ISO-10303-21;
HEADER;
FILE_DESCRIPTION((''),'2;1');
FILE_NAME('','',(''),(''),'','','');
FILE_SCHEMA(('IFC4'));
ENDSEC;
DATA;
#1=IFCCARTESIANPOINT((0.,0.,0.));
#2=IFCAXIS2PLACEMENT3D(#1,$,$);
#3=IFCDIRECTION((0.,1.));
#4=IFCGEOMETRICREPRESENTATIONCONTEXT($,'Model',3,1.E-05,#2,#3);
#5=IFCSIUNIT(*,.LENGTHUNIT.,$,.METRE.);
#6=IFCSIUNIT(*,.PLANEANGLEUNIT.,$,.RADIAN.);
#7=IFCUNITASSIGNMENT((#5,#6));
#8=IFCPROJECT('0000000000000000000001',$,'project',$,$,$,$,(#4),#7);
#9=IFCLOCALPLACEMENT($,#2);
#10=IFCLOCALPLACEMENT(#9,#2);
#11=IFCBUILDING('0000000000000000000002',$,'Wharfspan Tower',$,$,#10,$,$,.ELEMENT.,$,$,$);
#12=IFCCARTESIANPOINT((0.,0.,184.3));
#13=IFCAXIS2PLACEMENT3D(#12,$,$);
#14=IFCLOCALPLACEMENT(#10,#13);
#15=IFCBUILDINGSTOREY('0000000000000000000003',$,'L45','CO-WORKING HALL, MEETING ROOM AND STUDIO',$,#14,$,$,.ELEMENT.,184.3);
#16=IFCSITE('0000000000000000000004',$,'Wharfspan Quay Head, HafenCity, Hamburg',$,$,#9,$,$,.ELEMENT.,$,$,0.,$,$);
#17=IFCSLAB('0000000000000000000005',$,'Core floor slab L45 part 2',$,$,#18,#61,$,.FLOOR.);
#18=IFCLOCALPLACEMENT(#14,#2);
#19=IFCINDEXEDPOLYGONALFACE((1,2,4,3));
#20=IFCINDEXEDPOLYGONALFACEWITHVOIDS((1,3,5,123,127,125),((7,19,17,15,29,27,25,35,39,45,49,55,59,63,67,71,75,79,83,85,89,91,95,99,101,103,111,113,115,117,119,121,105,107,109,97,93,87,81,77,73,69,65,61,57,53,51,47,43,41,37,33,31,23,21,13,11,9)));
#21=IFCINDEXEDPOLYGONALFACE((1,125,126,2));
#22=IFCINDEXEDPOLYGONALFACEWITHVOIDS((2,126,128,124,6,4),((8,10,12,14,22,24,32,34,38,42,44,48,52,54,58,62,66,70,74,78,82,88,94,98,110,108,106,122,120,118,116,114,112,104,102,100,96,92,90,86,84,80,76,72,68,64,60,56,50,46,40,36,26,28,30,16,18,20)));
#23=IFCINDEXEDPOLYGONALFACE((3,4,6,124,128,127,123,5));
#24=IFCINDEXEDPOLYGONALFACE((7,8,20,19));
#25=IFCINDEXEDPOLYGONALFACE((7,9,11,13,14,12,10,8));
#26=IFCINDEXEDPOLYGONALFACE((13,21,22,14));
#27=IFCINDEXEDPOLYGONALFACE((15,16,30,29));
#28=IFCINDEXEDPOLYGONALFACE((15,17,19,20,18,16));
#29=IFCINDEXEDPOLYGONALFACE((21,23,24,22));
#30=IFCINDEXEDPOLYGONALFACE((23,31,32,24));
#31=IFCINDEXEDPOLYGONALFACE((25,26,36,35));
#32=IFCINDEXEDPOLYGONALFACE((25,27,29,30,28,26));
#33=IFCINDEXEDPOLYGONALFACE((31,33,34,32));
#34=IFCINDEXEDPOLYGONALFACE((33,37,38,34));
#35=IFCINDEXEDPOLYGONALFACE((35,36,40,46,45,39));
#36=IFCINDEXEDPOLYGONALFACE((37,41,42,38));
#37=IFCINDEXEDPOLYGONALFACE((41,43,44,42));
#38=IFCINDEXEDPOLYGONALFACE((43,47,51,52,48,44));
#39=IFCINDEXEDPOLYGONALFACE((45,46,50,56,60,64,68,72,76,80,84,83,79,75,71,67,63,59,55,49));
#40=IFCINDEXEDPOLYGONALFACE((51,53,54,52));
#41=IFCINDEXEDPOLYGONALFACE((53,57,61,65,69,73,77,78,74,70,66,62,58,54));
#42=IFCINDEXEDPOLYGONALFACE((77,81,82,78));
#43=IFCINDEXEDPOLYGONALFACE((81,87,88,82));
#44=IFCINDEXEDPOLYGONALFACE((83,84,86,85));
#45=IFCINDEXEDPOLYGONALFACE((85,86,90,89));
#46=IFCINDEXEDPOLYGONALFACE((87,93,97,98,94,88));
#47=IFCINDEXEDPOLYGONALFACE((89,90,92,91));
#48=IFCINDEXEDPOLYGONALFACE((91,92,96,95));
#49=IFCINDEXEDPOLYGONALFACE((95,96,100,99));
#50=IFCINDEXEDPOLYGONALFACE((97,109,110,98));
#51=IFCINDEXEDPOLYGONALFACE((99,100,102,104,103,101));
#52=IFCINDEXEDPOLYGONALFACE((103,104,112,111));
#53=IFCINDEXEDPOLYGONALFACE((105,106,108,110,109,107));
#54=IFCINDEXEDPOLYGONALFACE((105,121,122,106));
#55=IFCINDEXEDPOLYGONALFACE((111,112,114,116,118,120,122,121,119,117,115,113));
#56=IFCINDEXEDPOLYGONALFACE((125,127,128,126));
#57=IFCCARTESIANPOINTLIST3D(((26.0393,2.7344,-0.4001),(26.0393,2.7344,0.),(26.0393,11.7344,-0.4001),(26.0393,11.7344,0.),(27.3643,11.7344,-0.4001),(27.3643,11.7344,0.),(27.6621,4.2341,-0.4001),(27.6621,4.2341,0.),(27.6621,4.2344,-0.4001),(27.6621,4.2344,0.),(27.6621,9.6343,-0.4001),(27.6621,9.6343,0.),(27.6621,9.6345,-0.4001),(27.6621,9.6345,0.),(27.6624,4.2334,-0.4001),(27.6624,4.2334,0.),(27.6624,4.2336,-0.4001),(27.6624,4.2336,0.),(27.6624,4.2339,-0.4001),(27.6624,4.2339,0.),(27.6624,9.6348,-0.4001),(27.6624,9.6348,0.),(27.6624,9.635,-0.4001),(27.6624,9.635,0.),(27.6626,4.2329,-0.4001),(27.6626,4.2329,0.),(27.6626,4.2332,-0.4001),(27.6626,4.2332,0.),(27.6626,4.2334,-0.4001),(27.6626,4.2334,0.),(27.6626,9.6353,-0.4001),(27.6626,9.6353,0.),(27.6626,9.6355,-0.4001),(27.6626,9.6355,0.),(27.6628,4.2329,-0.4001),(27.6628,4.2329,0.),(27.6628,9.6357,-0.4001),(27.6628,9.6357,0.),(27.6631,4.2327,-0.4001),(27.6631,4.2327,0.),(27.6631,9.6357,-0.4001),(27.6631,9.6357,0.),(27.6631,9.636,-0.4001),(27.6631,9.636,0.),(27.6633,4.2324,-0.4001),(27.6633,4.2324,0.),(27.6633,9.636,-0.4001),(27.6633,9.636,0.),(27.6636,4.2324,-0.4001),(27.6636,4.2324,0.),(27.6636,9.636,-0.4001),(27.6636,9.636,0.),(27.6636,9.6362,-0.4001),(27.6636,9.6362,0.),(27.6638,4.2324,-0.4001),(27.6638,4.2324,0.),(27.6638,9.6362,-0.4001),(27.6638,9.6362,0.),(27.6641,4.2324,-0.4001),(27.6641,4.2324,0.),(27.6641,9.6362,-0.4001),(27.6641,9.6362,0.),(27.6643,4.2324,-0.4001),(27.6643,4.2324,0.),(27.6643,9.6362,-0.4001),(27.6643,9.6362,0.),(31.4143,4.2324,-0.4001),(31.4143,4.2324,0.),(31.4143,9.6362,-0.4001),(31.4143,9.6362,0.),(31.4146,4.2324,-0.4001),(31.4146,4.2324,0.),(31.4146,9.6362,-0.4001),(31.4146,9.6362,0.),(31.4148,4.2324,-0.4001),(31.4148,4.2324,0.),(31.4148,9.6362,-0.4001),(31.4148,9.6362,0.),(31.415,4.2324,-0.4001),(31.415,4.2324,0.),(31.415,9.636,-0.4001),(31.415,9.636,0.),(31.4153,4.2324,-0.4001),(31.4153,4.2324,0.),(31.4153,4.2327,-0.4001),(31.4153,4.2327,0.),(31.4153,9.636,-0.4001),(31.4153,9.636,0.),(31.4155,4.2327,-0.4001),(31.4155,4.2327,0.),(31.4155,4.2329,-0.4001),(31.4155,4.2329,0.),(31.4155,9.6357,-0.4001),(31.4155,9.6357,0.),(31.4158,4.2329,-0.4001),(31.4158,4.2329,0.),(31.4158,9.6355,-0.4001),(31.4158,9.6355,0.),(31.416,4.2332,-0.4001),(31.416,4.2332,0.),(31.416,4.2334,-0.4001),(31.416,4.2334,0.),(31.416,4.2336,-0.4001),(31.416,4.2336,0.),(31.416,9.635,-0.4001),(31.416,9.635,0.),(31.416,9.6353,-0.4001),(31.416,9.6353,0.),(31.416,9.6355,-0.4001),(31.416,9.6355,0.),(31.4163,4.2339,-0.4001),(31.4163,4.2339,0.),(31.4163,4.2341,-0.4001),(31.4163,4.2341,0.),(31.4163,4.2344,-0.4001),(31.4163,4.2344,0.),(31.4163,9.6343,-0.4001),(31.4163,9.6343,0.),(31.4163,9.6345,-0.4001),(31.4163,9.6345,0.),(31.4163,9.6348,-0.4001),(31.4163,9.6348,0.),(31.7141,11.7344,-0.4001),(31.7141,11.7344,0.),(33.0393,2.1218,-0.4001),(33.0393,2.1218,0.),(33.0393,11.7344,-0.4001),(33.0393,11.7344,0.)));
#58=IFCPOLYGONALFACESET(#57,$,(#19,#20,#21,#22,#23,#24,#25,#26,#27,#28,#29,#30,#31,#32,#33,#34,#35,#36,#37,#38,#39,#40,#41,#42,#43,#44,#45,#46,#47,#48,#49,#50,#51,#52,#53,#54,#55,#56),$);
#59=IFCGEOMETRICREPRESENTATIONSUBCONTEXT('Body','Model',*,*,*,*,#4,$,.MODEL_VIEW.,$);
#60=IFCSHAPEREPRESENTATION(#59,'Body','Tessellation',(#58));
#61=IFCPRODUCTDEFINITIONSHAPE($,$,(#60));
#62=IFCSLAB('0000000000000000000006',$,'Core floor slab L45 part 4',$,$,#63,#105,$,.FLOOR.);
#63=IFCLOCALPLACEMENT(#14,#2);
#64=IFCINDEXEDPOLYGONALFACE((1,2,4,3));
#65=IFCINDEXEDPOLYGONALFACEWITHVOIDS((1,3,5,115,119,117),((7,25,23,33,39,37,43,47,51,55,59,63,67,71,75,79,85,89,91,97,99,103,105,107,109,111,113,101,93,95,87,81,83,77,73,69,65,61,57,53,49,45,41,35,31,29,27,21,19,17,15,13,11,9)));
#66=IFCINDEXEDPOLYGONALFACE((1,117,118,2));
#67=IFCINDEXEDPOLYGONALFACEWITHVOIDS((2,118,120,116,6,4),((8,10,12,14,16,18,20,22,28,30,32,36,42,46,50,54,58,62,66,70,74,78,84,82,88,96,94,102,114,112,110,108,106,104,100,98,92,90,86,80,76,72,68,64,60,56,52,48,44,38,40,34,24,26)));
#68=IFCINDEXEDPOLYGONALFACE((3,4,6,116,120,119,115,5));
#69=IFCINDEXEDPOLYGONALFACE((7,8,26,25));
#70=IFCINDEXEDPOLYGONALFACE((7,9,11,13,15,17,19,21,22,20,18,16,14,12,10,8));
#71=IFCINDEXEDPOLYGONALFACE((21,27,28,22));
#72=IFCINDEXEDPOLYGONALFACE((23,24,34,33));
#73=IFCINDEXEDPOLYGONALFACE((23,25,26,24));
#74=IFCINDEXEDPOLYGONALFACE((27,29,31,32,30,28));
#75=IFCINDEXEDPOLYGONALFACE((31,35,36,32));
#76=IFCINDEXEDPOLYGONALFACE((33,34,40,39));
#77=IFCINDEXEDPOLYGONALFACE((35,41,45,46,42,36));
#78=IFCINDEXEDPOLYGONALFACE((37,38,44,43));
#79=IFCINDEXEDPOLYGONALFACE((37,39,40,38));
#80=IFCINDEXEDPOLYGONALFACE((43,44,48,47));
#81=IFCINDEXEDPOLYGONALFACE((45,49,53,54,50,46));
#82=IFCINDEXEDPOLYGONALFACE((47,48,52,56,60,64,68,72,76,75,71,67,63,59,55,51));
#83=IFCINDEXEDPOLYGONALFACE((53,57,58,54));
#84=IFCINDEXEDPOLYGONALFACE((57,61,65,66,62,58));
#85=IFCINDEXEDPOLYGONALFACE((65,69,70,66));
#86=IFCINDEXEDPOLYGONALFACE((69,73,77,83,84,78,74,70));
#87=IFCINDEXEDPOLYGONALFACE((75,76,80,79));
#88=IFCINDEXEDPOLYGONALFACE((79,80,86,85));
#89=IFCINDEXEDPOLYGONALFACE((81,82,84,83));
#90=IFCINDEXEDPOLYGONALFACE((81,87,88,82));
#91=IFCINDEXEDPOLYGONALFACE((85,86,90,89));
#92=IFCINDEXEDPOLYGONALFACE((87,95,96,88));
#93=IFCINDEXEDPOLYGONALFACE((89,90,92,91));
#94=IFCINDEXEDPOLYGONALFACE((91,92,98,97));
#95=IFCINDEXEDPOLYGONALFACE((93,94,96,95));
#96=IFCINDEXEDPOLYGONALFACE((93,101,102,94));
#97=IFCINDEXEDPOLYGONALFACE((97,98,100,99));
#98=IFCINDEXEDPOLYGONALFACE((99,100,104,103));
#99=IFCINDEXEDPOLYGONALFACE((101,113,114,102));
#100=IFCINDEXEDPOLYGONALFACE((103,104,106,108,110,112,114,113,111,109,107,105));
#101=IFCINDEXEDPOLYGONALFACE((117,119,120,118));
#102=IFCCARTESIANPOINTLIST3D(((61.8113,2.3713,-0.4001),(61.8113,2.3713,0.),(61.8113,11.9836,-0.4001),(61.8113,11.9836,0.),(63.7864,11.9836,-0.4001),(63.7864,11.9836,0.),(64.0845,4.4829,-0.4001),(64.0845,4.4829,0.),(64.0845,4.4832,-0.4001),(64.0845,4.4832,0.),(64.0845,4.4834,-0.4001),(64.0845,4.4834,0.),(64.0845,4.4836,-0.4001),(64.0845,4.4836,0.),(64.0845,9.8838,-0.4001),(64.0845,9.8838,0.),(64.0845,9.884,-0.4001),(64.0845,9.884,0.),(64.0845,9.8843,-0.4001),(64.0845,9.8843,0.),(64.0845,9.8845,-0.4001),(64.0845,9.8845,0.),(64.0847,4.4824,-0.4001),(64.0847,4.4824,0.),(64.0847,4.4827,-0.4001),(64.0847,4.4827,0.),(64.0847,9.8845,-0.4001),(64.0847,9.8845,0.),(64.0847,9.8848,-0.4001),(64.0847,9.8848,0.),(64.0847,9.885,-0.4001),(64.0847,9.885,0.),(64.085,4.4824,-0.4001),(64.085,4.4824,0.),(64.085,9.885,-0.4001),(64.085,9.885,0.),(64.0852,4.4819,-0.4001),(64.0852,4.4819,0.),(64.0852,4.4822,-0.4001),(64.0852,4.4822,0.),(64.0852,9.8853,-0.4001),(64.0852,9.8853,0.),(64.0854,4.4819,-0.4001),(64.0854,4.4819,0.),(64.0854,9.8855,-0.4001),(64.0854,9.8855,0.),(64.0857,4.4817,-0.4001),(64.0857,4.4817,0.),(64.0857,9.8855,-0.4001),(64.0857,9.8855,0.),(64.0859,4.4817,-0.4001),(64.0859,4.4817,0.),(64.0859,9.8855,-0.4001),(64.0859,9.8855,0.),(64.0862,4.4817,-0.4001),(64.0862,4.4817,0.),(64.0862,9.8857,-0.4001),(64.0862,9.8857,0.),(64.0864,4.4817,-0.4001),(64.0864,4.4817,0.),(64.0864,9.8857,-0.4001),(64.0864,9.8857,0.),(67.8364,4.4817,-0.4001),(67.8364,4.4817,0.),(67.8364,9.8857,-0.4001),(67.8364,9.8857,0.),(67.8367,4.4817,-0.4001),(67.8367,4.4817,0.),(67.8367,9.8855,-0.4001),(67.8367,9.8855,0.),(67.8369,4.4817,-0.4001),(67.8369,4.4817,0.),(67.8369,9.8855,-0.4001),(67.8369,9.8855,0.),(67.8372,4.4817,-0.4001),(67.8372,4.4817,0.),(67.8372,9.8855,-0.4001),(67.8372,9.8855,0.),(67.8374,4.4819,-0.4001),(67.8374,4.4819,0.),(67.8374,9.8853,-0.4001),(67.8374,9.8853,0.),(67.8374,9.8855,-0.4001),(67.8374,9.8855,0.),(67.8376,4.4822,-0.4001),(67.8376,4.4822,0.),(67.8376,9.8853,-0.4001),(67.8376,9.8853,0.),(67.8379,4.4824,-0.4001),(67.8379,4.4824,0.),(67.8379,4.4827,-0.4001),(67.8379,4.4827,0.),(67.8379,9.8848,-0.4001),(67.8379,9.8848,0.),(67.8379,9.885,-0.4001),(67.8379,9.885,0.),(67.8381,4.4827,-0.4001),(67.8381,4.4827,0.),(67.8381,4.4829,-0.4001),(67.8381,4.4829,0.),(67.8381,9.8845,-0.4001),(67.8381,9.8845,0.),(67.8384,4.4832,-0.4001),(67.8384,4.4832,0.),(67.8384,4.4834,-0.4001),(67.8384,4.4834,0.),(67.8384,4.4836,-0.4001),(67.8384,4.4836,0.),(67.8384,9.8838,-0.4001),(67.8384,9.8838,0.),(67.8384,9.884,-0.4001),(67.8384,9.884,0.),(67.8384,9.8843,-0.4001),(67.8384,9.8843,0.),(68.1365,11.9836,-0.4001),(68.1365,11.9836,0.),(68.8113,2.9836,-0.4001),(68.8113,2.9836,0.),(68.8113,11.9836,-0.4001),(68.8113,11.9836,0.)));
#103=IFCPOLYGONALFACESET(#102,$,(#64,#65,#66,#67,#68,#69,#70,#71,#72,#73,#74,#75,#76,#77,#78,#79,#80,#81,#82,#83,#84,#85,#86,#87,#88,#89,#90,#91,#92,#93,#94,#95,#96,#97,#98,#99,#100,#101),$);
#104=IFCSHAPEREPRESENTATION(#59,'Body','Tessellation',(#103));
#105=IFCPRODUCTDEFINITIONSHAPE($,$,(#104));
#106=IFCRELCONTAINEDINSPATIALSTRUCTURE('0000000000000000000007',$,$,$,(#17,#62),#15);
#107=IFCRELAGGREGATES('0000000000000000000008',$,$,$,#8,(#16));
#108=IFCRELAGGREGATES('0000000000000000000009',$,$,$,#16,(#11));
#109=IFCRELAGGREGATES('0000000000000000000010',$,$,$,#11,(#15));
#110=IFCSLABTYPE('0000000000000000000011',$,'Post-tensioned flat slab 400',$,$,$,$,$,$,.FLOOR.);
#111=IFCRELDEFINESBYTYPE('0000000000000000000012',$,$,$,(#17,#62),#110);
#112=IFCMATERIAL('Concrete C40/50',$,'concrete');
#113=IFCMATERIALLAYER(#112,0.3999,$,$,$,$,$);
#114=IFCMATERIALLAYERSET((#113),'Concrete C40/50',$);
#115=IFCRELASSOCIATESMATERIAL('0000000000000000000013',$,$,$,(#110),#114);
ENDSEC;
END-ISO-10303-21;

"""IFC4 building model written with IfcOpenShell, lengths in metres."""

from ifc_helpers import new_model, si_unit, direction, frame, origin, place, context, subcontext, project, spatial, polyline, outline, extrude, material, layer, layer_set, type_object, element, save


model = new_model("IFC4")

# Units and contexts
model_context = context("Model", 3, precision=1e-05, world=origin(), true_north=direction((0.0, 1.0)))
body_context = subcontext(model_context, "Body", "Model", "MODEL_VIEW")
ifc_project = project(units=[si_unit("LENGTHUNIT", "METRE"), si_unit("PLANEANGLEUNIT", "RADIAN")], contexts=[model_context])

# Site, building, storey
site_placement = place(None, origin())
site = spatial("IfcSite", under=ifc_project, at=site_placement, Name="Wharfspan Quay Head, HafenCity, Hamburg", CompositionType="ELEMENT", RefElevation=0.0)
building_placement = place(site_placement, origin())
building = spatial("IfcBuilding", under=site, at=building_placement, Name="Wharfspan Tower", CompositionType="ELEMENT")
storey_placement = place(building_placement, frame((0.0, 0.0, 184.3)))
storey = spatial("IfcBuildingStorey", under=building, at=storey_placement, Name="L45", Description="CO-WORKING HALL, MEETING ROOM AND STUDIO", CompositionType="ELEMENT", Elevation=184.3)

# Slabs
ifc_material_1 = material(Name="Concrete C40/50", Category="concrete")
ifc_layer_1 = layer(ifc_material_1, 0.3999)
ifc_layer_set_1 = layer_set([ifc_layer_1], Name="Concrete C40/50")
slab_type_1 = type_object("IfcSlabType", Name="Post-tensioned flat slab 400", PredefinedType="FLOOR", material=ifc_layer_set_1)
slab_1_placement = place(storey_placement, frame((0.0, 0.0, -0.4001)))
element("IfcSlab", 1, at=slab_1_placement, inside=storey, type_object=slab_type_1, Name="Core floor slab L45 part 2", PredefinedType="FLOOR", context=body_context, shape_type="SweptSolid", body=[
    extrude(outline(polyline([(31.7141, 11.7344), (27.3643, 11.7344), (26.0393, 11.7344), (26.0393, 2.7344), (33.0393, 2.1218), (33.0393, 11.7344), (31.7141, 11.7344)]), holes=[polyline([(27.6621, 9.6343), (27.6621, 9.6345), (27.6624, 9.6348), (27.6624, 9.635), (27.6624, 9.635), (27.6626, 9.6353), (27.6626, 9.6355), (27.6626, 9.6355), (27.6628, 9.6357), (27.6631, 9.6357), (27.6631, 9.636), (27.6633, 9.636), (27.6636, 9.636), (27.6636, 9.6362), (27.6638, 9.6362), (27.6641, 9.6362), (27.6643, 9.6362), (31.4143, 9.6362), (31.4143, 9.6362), (31.4146, 9.6362), (31.4148, 9.6362), (31.415, 9.636), (31.4153, 9.636), (31.4153, 9.636), (31.4155, 9.6357), (31.4155, 9.6357), (31.4158, 9.6355), (31.416, 9.6355), (31.416, 9.6353), (31.416, 9.635), (31.416, 9.635), (31.4163, 9.6348), (31.4163, 9.6345), (31.4163, 9.6343), (31.4163, 4.2344), (31.4163, 4.2341), (31.4163, 4.2339), (31.416, 4.2336), (31.416, 4.2334), (31.416, 4.2334), (31.416, 4.2332), (31.4158, 4.2329), (31.4155, 4.2329), (31.4155, 4.2327), (31.4153, 4.2327), (31.4153, 4.2324), (31.415, 4.2324), (31.4148, 4.2324), (31.4146, 4.2324), (31.4143, 4.2324), (31.4143, 4.2324), (27.6643, 4.2324), (27.6641, 4.2324), (27.6638, 4.2324), (27.6636, 4.2324), (27.6636, 4.2324), (27.6633, 4.2324), (27.6631, 4.2327), (27.6631, 4.2327), (27.6628, 4.2329), (27.6626, 4.2329), (27.6626, 4.2332), (27.6626, 4.2334), (27.6624, 4.2334), (27.6624, 4.2336), (27.6624, 4.2339), (27.6621, 4.2341), (27.6621, 4.2344), (27.6621, 9.6343)])]), origin(), (0.0, 0.0, 1.0), 0.4001),
])
slab_2_placement = place(storey_placement, frame((0.0, 0.0, -0.4001)))
element("IfcSlab", 2, at=slab_2_placement, inside=storey, type_object=slab_type_1, Name="Core floor slab L45 part 4", PredefinedType="FLOOR", context=body_context, shape_type="SweptSolid", body=[
    extrude(outline(polyline([(68.8113, 11.9836), (68.1365, 11.9836), (63.7864, 11.9836), (61.8113, 11.9836), (61.8113, 2.3713), (68.8113, 2.9836), (68.8113, 11.9836)]), holes=[polyline([(64.0845, 9.8838), (64.0845, 9.8838), (64.0845, 9.884), (64.0845, 9.8843), (64.0845, 9.8845), (64.0847, 9.8845), (64.0847, 9.8848), (64.0847, 9.885), (64.085, 9.885), (64.0852, 9.8853), (64.0852, 9.8853), (64.0854, 9.8855), (64.0857, 9.8855), (64.0857, 9.8855), (64.0859, 9.8855), (64.0862, 9.8857), (64.0864, 9.8857), (67.8364, 9.8857), (67.8364, 9.8857), (67.8367, 9.8855), (67.8369, 9.8855), (67.8372, 9.8855), (67.8374, 9.8855), (67.8374, 9.8853), (67.8376, 9.8853), (67.8379, 9.885), (67.8379, 9.885), (67.8379, 9.8848), (67.8381, 9.8845), (67.8381, 9.8845), (67.8384, 9.8843), (67.8384, 9.884), (67.8384, 9.8838), (67.8384, 9.8838), (67.8384, 4.4836), (67.8384, 4.4834), (67.8384, 4.4834), (67.8384, 4.4832), (67.8381, 4.4829), (67.8381, 4.4827), (67.8379, 4.4827), (67.8379, 4.4824), (67.8379, 4.4824), (67.8376, 4.4822), (67.8374, 4.4819), (67.8374, 4.4819), (67.8372, 4.4817), (67.8369, 4.4817), (67.8367, 4.4817), (67.8364, 4.4817), (67.8364, 4.4817), (64.0864, 4.4817), (64.0862, 4.4817), (64.0859, 4.4817), (64.0857, 4.4817), (64.0857, 4.4817), (64.0854, 4.4819), (64.0852, 4.4819), (64.0852, 4.4822), (64.085, 4.4824), (64.0847, 4.4824), (64.0847, 4.4827), (64.0847, 4.4827), (64.0845, 4.4829), (64.0845, 4.4832), (64.0845, 4.4834), (64.0845, 4.4834), (64.0845, 4.4836), (64.0845, 9.8838)])]), origin(), (0.0, 0.0, 1.0), 0.4001),
])

save(model, "model.ifc")
